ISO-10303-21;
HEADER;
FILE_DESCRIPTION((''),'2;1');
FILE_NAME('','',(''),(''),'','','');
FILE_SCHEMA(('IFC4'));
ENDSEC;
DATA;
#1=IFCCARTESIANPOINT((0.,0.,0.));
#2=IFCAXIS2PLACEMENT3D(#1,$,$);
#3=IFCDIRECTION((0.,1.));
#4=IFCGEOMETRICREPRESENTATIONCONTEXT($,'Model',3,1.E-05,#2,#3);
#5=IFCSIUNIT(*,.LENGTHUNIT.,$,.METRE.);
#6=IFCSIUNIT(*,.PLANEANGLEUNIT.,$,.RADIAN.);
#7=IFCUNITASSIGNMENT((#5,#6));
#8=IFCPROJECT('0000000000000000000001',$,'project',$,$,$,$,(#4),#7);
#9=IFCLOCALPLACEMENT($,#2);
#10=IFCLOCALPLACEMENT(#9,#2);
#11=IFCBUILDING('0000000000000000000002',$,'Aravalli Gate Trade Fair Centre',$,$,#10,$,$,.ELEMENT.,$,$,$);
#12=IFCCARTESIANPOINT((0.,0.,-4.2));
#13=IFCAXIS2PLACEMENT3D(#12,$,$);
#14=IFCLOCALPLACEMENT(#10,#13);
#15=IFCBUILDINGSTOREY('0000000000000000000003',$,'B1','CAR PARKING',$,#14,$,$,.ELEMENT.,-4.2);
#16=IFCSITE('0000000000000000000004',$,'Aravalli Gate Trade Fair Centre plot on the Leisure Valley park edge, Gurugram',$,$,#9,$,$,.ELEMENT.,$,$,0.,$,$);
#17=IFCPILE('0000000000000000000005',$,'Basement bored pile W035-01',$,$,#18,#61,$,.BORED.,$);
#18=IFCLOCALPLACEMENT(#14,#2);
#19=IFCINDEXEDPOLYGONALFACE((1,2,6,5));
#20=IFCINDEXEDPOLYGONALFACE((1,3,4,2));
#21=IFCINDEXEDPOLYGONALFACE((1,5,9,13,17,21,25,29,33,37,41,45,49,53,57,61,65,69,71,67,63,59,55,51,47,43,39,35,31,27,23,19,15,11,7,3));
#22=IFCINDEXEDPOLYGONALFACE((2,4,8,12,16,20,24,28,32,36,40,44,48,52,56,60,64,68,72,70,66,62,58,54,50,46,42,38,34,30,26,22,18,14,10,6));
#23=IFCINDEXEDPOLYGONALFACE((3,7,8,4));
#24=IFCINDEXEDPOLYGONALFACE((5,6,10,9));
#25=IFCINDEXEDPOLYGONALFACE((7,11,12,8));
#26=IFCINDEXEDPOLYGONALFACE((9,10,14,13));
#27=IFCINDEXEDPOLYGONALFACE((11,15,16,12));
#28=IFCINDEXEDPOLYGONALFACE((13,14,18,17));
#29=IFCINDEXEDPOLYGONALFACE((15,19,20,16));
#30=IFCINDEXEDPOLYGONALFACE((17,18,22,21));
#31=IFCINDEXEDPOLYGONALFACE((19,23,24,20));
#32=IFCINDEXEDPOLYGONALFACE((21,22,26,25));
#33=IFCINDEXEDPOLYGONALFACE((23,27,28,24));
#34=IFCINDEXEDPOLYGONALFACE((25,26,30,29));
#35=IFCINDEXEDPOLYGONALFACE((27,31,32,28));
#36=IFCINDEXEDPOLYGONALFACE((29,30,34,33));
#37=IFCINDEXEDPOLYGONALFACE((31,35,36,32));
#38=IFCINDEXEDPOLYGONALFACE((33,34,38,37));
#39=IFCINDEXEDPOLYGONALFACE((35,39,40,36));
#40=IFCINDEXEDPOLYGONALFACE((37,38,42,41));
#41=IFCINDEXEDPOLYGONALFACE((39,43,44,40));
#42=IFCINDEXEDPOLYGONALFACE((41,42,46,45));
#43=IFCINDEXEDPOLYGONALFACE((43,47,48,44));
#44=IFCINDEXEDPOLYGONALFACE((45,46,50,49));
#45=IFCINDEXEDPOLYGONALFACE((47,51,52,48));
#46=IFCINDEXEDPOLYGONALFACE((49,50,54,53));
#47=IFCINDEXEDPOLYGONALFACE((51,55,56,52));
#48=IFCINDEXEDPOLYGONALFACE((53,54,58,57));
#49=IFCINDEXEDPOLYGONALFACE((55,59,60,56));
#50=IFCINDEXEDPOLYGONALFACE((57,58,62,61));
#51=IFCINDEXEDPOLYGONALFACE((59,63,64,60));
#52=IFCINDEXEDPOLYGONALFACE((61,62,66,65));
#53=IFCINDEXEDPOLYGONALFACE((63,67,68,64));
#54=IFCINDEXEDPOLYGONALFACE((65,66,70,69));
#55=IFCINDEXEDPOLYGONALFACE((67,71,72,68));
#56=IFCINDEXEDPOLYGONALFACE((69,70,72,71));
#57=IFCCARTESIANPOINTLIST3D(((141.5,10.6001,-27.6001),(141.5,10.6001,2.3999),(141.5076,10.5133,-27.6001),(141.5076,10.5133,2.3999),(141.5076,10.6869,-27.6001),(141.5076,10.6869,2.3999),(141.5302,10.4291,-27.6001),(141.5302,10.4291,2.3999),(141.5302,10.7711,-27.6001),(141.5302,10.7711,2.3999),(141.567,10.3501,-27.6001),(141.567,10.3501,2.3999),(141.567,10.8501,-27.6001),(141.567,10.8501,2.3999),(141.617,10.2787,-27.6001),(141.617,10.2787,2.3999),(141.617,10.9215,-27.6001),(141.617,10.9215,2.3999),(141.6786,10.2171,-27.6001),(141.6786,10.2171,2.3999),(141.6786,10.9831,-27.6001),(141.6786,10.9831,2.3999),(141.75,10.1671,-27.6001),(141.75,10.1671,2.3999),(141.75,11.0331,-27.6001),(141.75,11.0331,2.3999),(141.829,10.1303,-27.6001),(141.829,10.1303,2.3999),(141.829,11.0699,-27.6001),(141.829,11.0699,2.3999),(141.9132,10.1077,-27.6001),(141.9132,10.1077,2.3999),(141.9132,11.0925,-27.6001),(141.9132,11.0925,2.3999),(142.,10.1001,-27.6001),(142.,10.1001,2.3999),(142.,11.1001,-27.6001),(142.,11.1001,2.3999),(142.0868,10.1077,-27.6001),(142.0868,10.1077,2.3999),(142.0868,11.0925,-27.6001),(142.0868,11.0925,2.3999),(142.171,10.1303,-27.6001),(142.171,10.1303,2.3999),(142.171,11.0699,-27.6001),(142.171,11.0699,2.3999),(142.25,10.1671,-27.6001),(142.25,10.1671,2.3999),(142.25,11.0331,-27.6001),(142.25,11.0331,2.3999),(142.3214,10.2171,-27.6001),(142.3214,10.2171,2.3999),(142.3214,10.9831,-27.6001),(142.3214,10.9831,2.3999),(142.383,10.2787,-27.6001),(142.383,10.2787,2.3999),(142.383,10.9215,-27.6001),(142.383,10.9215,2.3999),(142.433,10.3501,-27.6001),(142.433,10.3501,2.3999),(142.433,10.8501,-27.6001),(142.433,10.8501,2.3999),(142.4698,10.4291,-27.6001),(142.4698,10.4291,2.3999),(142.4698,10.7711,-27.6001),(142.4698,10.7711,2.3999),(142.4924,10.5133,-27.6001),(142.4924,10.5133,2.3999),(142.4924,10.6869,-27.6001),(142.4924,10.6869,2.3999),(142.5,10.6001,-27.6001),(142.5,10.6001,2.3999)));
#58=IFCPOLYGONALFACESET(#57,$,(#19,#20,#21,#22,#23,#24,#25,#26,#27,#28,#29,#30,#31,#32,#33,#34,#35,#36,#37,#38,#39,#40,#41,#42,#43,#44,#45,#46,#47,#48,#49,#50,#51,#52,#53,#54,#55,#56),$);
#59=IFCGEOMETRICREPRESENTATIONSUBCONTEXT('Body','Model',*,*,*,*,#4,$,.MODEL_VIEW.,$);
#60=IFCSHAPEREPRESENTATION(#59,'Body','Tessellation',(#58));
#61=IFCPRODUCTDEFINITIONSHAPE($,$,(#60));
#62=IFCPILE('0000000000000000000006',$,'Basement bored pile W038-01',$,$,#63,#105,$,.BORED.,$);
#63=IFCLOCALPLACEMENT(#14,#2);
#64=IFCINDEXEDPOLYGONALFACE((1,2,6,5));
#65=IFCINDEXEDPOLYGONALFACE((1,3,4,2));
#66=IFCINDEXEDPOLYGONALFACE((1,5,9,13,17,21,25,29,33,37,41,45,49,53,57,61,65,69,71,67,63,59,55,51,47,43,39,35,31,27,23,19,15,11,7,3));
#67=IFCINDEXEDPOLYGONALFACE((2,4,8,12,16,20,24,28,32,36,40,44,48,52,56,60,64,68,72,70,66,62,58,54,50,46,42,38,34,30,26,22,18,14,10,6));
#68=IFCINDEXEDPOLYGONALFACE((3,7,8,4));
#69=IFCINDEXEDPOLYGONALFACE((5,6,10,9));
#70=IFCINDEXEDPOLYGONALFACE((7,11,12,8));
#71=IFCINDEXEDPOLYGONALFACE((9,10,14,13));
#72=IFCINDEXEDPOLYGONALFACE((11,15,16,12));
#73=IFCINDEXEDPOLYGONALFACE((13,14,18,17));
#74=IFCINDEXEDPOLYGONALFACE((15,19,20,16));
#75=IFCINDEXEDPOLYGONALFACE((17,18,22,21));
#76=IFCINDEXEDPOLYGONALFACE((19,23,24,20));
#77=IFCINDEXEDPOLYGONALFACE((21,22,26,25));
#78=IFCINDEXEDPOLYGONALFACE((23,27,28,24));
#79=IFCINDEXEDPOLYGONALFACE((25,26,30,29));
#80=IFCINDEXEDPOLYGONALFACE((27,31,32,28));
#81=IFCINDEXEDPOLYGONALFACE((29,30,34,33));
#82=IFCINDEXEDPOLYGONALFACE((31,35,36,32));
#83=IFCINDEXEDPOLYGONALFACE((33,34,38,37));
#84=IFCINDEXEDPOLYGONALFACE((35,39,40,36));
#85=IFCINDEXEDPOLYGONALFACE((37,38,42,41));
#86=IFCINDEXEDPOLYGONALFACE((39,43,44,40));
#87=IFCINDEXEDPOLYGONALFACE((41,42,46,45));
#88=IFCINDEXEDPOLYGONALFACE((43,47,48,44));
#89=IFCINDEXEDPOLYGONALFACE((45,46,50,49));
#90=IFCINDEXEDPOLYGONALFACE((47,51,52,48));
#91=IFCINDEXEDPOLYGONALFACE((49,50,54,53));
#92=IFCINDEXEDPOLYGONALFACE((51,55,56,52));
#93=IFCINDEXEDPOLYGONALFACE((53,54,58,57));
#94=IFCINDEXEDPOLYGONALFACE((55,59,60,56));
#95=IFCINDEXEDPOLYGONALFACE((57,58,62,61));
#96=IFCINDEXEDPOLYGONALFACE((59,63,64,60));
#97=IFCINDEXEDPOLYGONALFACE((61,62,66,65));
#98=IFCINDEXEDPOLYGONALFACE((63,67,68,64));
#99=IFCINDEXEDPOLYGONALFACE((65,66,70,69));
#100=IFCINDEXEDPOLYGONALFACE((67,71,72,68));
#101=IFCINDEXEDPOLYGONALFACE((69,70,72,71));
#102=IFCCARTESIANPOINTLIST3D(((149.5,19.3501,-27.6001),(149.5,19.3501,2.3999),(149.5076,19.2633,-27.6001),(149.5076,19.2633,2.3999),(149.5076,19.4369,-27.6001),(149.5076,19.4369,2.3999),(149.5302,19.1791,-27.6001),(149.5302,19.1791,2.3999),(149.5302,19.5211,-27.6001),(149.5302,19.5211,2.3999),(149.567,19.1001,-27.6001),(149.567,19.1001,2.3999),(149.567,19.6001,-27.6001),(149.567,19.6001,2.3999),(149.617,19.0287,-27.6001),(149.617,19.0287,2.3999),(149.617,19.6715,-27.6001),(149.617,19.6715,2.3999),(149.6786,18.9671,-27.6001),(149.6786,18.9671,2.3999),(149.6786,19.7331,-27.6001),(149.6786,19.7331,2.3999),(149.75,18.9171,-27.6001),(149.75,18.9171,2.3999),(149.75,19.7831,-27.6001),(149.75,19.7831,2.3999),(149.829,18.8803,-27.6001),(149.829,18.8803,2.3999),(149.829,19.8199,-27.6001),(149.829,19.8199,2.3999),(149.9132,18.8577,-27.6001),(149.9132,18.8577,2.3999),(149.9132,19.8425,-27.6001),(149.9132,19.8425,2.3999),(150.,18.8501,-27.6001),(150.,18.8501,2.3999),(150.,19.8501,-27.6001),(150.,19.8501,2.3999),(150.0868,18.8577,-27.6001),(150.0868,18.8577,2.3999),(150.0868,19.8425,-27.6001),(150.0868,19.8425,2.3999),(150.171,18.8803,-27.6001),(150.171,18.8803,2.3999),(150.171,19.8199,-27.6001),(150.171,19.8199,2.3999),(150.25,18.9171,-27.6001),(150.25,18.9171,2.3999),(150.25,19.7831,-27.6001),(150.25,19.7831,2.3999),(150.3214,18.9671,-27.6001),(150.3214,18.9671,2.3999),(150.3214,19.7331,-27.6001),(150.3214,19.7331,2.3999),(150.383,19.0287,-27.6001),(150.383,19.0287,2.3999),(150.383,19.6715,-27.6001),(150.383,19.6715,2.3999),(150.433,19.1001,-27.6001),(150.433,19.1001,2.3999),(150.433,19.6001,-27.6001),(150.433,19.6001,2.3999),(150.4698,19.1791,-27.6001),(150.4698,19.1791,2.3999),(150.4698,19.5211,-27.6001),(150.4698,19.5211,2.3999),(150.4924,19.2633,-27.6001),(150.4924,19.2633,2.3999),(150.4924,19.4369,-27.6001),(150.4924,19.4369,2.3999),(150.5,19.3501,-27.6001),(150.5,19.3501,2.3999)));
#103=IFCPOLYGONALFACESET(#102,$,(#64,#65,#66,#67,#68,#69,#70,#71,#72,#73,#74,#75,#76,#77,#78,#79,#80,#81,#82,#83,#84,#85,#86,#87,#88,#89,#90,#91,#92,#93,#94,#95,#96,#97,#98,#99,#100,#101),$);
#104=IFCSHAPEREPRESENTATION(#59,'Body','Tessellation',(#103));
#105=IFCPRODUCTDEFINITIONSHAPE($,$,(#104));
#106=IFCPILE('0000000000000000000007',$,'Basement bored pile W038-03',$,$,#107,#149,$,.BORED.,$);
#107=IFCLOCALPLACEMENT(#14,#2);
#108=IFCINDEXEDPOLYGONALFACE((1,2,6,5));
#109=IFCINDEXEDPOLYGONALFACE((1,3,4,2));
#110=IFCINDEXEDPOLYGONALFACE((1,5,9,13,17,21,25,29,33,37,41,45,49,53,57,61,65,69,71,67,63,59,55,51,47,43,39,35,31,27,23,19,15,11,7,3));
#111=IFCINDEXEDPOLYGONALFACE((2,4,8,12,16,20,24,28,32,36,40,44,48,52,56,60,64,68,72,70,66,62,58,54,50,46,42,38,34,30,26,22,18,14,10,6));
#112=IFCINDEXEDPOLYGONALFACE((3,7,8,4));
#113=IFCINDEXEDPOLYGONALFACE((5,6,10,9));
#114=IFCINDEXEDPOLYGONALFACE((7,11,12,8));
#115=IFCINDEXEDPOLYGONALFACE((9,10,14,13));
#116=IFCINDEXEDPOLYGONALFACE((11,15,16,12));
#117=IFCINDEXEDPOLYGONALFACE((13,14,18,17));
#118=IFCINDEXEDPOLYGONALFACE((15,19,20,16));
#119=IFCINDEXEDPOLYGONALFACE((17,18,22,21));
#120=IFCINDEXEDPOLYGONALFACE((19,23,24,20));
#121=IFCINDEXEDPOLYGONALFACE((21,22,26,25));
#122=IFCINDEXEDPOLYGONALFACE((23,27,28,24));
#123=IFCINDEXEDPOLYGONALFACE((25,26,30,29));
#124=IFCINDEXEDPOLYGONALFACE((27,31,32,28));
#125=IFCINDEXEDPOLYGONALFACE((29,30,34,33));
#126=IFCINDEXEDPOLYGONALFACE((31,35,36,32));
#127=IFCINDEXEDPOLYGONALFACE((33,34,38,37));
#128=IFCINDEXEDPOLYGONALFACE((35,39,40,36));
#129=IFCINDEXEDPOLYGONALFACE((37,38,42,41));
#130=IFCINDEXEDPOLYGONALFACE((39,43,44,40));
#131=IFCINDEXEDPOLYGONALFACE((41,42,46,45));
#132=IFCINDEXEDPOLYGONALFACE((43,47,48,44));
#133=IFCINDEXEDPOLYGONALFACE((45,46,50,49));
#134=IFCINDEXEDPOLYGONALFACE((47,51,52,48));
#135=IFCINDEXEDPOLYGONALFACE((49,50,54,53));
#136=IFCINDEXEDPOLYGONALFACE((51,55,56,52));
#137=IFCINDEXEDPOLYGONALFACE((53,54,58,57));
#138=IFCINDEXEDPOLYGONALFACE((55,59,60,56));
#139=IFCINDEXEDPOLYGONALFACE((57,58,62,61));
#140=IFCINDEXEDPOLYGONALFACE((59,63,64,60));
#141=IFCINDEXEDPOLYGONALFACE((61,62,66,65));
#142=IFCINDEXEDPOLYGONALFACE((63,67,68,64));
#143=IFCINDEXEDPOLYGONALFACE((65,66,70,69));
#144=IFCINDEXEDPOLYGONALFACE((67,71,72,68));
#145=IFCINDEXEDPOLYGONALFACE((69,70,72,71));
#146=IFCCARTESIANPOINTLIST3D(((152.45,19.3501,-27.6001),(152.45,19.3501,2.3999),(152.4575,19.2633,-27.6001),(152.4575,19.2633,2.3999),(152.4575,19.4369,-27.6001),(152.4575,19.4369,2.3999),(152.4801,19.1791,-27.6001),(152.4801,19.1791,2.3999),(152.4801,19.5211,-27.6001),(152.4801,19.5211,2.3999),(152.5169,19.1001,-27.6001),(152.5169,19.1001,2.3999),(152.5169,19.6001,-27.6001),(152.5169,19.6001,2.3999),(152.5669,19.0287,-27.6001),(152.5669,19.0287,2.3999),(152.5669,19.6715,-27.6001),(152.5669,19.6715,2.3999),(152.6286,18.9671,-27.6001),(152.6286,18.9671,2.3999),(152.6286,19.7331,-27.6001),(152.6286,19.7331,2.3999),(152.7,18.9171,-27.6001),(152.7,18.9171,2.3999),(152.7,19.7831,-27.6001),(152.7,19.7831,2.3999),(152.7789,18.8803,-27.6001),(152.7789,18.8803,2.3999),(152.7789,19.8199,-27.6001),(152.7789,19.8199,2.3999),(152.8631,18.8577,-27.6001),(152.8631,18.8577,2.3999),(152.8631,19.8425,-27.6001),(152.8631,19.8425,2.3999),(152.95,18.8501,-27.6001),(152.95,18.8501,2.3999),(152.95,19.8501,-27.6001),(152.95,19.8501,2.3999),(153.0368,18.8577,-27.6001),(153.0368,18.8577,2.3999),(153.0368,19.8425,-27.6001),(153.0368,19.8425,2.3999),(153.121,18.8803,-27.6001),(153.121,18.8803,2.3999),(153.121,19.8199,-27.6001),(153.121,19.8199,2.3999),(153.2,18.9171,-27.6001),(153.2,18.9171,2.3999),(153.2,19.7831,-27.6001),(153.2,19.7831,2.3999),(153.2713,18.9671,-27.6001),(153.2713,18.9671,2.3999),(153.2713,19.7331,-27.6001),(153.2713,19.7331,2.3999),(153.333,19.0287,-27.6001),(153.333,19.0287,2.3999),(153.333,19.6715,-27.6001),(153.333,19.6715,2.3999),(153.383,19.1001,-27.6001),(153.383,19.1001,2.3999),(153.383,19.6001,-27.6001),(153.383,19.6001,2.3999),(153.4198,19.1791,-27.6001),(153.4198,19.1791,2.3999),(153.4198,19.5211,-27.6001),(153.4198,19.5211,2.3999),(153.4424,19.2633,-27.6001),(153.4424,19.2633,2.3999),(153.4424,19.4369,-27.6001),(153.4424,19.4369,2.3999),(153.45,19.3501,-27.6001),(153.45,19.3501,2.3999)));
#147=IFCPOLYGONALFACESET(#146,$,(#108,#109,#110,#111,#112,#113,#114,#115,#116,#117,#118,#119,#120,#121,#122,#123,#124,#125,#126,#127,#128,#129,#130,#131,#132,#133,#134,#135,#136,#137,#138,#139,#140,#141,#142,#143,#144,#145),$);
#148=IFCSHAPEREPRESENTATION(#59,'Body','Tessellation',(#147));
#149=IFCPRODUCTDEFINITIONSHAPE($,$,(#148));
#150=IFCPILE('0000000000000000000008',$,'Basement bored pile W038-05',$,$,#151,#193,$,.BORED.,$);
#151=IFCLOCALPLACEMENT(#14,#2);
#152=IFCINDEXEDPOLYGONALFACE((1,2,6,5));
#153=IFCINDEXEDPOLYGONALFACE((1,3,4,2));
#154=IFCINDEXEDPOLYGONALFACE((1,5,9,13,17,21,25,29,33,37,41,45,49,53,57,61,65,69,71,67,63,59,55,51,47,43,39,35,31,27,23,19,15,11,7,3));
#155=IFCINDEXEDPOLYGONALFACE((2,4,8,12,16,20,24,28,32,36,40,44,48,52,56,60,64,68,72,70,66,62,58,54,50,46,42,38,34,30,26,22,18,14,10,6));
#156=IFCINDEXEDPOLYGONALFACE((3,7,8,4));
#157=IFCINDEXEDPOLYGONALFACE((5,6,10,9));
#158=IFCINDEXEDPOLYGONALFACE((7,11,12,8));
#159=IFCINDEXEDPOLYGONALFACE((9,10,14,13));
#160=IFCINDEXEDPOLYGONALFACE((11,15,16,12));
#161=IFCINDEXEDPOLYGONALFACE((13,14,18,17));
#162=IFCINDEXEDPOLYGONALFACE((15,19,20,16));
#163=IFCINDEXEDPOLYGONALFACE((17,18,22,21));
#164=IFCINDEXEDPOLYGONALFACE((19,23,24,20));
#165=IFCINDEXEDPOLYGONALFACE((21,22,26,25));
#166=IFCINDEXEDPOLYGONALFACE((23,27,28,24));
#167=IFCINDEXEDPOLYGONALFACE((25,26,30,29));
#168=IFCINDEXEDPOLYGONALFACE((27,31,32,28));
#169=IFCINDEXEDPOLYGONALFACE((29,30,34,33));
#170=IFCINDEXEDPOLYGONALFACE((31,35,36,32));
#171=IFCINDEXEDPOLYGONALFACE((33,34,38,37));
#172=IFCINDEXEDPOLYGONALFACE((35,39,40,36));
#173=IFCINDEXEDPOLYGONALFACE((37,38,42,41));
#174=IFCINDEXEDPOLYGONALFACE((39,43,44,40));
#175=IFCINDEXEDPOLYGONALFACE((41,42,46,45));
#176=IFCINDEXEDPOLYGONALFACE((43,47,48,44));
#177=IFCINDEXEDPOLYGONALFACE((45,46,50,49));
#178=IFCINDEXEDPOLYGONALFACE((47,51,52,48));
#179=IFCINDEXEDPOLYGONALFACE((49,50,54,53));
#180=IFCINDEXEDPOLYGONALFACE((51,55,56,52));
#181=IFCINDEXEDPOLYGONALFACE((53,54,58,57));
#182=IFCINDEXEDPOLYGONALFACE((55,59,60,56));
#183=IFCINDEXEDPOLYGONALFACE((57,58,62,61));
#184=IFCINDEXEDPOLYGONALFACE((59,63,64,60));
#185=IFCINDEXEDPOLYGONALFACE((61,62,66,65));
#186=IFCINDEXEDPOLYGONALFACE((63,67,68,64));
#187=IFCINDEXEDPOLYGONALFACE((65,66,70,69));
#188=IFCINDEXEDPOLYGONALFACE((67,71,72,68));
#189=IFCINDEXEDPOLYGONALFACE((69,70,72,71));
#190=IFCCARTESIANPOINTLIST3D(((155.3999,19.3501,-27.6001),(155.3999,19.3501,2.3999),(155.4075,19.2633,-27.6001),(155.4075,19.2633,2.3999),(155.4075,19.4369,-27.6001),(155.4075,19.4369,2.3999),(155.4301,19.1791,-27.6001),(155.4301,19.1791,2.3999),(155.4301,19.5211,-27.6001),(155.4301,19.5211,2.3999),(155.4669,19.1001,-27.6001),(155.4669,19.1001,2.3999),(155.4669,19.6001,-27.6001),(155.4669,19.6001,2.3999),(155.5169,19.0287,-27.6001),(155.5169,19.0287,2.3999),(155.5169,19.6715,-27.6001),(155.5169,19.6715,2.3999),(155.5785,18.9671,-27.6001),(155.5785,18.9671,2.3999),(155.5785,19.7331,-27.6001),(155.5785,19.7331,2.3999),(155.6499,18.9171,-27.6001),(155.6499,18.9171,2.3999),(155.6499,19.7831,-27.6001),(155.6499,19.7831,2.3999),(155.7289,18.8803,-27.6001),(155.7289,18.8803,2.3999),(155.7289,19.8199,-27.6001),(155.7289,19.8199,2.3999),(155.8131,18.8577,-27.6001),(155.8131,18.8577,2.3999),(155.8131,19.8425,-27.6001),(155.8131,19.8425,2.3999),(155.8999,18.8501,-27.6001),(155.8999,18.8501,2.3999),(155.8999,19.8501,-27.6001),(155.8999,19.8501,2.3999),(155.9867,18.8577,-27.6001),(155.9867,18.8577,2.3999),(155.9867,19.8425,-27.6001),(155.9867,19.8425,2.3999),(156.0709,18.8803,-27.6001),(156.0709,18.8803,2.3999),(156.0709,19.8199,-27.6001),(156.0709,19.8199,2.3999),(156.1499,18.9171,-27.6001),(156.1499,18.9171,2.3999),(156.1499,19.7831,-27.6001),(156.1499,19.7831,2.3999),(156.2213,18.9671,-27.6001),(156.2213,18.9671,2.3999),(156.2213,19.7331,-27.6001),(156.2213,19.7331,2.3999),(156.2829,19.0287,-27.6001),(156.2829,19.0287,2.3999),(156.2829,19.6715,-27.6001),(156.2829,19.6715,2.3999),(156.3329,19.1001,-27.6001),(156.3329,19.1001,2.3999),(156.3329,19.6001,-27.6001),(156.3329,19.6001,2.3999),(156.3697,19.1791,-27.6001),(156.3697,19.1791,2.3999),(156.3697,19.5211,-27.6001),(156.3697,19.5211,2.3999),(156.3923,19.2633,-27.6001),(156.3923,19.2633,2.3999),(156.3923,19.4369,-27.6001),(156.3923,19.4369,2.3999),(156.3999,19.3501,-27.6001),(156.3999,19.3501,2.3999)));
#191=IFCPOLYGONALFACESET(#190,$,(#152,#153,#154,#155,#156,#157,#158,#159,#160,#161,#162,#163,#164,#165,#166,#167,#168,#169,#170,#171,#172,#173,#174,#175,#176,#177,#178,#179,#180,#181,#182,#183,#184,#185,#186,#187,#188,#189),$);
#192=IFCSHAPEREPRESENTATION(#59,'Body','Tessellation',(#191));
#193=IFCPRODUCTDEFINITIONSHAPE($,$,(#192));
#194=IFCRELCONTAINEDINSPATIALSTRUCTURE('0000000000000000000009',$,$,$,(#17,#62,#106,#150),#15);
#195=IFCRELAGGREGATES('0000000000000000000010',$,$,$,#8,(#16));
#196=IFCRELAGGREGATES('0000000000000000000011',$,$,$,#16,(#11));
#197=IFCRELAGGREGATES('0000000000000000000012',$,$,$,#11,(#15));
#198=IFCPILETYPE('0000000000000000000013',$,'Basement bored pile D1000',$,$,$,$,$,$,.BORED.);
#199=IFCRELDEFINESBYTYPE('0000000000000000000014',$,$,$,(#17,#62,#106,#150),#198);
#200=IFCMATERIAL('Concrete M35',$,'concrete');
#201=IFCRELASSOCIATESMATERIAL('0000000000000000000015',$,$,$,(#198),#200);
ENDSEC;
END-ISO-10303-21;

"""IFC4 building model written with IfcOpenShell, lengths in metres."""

from ifc_helpers import new_model, si_unit, direction, frame, origin, origin_2d, place, context, subcontext, project, spatial, circle, extrude, material, material_profile, profile_set, type_object, element, save


model = new_model("IFC4")

# Units and contexts
model_context = context("Model", 3, precision=1e-05, world=origin(), true_north=direction((0.0, 1.0)))
body_context = subcontext(model_context, "Body", "Model", "MODEL_VIEW")
ifc_project = project(units=[si_unit("LENGTHUNIT", "METRE"), si_unit("PLANEANGLEUNIT", "RADIAN")], contexts=[model_context])

# Site, building, storey
site_placement = place(None, origin())
site = spatial("IfcSite", under=ifc_project, at=site_placement, Name="Aravalli Gate Trade Fair Centre plot on the Leisure Valley park edge, Gurugram", CompositionType="ELEMENT", RefElevation=0.0)
building_placement = place(site_placement, origin())
building = spatial("IfcBuilding", under=site, at=building_placement, Name="Aravalli Gate Trade Fair Centre", CompositionType="ELEMENT")
storey_placement = place(building_placement, frame((0.0, 0.0, -4.2)))
storey = spatial("IfcBuildingStorey", under=building, at=storey_placement, Name="B1", Description="CAR PARKING", CompositionType="ELEMENT", Elevation=-4.2)

# Piles
ifc_material = material(Name="Concrete M35", Category="concrete")
ifc_material_profile = material_profile(ifc_material, circle(Radius=0.5, at=origin_2d()), Name="D1000")
ifc_profile_set = profile_set([ifc_material_profile], Name="Concrete M35")
pile_type = type_object("IfcPileType", Name="Basement bored pile D1000", PredefinedType="BORED", material=ifc_profile_set)
for number, where, z_axis, x_axis, name in (
    (1, (142.0, 10.6001, 2.3999), (0.0, 0.0, -1.0), (1.0, 0.0, 0.0), "Basement bored pile W035-01"),
    (2, (150.0, 19.3501, 2.3999), (0.0, 0.0, -1.0), (1.0, 0.0, 0.0), "Basement bored pile W038-01"),
    (3, (152.95, 19.3501, 2.3999), (0.0, 0.0, -1.0), (1.0, 0.0, 0.0), "Basement bored pile W038-03"),
    (4, (155.8999, 19.3501, 2.3999), (0.0, 0.0, -1.0), (1.0, 0.0, 0.0), "Basement bored pile W038-05"),
):
    element("IfcPile", number, at=place(storey_placement, frame(where, z_axis=z_axis, x_axis=x_axis)), inside=storey, type_object=pile_type, Name=name, PredefinedType="BORED", context=body_context, shape_type="SweptSolid", body=[
        extrude(circle(Radius=0.5, at=origin_2d()), origin(), (0.0, 0.0, 1.0), 30.0),
    ])

save(model, "model.ifc")
